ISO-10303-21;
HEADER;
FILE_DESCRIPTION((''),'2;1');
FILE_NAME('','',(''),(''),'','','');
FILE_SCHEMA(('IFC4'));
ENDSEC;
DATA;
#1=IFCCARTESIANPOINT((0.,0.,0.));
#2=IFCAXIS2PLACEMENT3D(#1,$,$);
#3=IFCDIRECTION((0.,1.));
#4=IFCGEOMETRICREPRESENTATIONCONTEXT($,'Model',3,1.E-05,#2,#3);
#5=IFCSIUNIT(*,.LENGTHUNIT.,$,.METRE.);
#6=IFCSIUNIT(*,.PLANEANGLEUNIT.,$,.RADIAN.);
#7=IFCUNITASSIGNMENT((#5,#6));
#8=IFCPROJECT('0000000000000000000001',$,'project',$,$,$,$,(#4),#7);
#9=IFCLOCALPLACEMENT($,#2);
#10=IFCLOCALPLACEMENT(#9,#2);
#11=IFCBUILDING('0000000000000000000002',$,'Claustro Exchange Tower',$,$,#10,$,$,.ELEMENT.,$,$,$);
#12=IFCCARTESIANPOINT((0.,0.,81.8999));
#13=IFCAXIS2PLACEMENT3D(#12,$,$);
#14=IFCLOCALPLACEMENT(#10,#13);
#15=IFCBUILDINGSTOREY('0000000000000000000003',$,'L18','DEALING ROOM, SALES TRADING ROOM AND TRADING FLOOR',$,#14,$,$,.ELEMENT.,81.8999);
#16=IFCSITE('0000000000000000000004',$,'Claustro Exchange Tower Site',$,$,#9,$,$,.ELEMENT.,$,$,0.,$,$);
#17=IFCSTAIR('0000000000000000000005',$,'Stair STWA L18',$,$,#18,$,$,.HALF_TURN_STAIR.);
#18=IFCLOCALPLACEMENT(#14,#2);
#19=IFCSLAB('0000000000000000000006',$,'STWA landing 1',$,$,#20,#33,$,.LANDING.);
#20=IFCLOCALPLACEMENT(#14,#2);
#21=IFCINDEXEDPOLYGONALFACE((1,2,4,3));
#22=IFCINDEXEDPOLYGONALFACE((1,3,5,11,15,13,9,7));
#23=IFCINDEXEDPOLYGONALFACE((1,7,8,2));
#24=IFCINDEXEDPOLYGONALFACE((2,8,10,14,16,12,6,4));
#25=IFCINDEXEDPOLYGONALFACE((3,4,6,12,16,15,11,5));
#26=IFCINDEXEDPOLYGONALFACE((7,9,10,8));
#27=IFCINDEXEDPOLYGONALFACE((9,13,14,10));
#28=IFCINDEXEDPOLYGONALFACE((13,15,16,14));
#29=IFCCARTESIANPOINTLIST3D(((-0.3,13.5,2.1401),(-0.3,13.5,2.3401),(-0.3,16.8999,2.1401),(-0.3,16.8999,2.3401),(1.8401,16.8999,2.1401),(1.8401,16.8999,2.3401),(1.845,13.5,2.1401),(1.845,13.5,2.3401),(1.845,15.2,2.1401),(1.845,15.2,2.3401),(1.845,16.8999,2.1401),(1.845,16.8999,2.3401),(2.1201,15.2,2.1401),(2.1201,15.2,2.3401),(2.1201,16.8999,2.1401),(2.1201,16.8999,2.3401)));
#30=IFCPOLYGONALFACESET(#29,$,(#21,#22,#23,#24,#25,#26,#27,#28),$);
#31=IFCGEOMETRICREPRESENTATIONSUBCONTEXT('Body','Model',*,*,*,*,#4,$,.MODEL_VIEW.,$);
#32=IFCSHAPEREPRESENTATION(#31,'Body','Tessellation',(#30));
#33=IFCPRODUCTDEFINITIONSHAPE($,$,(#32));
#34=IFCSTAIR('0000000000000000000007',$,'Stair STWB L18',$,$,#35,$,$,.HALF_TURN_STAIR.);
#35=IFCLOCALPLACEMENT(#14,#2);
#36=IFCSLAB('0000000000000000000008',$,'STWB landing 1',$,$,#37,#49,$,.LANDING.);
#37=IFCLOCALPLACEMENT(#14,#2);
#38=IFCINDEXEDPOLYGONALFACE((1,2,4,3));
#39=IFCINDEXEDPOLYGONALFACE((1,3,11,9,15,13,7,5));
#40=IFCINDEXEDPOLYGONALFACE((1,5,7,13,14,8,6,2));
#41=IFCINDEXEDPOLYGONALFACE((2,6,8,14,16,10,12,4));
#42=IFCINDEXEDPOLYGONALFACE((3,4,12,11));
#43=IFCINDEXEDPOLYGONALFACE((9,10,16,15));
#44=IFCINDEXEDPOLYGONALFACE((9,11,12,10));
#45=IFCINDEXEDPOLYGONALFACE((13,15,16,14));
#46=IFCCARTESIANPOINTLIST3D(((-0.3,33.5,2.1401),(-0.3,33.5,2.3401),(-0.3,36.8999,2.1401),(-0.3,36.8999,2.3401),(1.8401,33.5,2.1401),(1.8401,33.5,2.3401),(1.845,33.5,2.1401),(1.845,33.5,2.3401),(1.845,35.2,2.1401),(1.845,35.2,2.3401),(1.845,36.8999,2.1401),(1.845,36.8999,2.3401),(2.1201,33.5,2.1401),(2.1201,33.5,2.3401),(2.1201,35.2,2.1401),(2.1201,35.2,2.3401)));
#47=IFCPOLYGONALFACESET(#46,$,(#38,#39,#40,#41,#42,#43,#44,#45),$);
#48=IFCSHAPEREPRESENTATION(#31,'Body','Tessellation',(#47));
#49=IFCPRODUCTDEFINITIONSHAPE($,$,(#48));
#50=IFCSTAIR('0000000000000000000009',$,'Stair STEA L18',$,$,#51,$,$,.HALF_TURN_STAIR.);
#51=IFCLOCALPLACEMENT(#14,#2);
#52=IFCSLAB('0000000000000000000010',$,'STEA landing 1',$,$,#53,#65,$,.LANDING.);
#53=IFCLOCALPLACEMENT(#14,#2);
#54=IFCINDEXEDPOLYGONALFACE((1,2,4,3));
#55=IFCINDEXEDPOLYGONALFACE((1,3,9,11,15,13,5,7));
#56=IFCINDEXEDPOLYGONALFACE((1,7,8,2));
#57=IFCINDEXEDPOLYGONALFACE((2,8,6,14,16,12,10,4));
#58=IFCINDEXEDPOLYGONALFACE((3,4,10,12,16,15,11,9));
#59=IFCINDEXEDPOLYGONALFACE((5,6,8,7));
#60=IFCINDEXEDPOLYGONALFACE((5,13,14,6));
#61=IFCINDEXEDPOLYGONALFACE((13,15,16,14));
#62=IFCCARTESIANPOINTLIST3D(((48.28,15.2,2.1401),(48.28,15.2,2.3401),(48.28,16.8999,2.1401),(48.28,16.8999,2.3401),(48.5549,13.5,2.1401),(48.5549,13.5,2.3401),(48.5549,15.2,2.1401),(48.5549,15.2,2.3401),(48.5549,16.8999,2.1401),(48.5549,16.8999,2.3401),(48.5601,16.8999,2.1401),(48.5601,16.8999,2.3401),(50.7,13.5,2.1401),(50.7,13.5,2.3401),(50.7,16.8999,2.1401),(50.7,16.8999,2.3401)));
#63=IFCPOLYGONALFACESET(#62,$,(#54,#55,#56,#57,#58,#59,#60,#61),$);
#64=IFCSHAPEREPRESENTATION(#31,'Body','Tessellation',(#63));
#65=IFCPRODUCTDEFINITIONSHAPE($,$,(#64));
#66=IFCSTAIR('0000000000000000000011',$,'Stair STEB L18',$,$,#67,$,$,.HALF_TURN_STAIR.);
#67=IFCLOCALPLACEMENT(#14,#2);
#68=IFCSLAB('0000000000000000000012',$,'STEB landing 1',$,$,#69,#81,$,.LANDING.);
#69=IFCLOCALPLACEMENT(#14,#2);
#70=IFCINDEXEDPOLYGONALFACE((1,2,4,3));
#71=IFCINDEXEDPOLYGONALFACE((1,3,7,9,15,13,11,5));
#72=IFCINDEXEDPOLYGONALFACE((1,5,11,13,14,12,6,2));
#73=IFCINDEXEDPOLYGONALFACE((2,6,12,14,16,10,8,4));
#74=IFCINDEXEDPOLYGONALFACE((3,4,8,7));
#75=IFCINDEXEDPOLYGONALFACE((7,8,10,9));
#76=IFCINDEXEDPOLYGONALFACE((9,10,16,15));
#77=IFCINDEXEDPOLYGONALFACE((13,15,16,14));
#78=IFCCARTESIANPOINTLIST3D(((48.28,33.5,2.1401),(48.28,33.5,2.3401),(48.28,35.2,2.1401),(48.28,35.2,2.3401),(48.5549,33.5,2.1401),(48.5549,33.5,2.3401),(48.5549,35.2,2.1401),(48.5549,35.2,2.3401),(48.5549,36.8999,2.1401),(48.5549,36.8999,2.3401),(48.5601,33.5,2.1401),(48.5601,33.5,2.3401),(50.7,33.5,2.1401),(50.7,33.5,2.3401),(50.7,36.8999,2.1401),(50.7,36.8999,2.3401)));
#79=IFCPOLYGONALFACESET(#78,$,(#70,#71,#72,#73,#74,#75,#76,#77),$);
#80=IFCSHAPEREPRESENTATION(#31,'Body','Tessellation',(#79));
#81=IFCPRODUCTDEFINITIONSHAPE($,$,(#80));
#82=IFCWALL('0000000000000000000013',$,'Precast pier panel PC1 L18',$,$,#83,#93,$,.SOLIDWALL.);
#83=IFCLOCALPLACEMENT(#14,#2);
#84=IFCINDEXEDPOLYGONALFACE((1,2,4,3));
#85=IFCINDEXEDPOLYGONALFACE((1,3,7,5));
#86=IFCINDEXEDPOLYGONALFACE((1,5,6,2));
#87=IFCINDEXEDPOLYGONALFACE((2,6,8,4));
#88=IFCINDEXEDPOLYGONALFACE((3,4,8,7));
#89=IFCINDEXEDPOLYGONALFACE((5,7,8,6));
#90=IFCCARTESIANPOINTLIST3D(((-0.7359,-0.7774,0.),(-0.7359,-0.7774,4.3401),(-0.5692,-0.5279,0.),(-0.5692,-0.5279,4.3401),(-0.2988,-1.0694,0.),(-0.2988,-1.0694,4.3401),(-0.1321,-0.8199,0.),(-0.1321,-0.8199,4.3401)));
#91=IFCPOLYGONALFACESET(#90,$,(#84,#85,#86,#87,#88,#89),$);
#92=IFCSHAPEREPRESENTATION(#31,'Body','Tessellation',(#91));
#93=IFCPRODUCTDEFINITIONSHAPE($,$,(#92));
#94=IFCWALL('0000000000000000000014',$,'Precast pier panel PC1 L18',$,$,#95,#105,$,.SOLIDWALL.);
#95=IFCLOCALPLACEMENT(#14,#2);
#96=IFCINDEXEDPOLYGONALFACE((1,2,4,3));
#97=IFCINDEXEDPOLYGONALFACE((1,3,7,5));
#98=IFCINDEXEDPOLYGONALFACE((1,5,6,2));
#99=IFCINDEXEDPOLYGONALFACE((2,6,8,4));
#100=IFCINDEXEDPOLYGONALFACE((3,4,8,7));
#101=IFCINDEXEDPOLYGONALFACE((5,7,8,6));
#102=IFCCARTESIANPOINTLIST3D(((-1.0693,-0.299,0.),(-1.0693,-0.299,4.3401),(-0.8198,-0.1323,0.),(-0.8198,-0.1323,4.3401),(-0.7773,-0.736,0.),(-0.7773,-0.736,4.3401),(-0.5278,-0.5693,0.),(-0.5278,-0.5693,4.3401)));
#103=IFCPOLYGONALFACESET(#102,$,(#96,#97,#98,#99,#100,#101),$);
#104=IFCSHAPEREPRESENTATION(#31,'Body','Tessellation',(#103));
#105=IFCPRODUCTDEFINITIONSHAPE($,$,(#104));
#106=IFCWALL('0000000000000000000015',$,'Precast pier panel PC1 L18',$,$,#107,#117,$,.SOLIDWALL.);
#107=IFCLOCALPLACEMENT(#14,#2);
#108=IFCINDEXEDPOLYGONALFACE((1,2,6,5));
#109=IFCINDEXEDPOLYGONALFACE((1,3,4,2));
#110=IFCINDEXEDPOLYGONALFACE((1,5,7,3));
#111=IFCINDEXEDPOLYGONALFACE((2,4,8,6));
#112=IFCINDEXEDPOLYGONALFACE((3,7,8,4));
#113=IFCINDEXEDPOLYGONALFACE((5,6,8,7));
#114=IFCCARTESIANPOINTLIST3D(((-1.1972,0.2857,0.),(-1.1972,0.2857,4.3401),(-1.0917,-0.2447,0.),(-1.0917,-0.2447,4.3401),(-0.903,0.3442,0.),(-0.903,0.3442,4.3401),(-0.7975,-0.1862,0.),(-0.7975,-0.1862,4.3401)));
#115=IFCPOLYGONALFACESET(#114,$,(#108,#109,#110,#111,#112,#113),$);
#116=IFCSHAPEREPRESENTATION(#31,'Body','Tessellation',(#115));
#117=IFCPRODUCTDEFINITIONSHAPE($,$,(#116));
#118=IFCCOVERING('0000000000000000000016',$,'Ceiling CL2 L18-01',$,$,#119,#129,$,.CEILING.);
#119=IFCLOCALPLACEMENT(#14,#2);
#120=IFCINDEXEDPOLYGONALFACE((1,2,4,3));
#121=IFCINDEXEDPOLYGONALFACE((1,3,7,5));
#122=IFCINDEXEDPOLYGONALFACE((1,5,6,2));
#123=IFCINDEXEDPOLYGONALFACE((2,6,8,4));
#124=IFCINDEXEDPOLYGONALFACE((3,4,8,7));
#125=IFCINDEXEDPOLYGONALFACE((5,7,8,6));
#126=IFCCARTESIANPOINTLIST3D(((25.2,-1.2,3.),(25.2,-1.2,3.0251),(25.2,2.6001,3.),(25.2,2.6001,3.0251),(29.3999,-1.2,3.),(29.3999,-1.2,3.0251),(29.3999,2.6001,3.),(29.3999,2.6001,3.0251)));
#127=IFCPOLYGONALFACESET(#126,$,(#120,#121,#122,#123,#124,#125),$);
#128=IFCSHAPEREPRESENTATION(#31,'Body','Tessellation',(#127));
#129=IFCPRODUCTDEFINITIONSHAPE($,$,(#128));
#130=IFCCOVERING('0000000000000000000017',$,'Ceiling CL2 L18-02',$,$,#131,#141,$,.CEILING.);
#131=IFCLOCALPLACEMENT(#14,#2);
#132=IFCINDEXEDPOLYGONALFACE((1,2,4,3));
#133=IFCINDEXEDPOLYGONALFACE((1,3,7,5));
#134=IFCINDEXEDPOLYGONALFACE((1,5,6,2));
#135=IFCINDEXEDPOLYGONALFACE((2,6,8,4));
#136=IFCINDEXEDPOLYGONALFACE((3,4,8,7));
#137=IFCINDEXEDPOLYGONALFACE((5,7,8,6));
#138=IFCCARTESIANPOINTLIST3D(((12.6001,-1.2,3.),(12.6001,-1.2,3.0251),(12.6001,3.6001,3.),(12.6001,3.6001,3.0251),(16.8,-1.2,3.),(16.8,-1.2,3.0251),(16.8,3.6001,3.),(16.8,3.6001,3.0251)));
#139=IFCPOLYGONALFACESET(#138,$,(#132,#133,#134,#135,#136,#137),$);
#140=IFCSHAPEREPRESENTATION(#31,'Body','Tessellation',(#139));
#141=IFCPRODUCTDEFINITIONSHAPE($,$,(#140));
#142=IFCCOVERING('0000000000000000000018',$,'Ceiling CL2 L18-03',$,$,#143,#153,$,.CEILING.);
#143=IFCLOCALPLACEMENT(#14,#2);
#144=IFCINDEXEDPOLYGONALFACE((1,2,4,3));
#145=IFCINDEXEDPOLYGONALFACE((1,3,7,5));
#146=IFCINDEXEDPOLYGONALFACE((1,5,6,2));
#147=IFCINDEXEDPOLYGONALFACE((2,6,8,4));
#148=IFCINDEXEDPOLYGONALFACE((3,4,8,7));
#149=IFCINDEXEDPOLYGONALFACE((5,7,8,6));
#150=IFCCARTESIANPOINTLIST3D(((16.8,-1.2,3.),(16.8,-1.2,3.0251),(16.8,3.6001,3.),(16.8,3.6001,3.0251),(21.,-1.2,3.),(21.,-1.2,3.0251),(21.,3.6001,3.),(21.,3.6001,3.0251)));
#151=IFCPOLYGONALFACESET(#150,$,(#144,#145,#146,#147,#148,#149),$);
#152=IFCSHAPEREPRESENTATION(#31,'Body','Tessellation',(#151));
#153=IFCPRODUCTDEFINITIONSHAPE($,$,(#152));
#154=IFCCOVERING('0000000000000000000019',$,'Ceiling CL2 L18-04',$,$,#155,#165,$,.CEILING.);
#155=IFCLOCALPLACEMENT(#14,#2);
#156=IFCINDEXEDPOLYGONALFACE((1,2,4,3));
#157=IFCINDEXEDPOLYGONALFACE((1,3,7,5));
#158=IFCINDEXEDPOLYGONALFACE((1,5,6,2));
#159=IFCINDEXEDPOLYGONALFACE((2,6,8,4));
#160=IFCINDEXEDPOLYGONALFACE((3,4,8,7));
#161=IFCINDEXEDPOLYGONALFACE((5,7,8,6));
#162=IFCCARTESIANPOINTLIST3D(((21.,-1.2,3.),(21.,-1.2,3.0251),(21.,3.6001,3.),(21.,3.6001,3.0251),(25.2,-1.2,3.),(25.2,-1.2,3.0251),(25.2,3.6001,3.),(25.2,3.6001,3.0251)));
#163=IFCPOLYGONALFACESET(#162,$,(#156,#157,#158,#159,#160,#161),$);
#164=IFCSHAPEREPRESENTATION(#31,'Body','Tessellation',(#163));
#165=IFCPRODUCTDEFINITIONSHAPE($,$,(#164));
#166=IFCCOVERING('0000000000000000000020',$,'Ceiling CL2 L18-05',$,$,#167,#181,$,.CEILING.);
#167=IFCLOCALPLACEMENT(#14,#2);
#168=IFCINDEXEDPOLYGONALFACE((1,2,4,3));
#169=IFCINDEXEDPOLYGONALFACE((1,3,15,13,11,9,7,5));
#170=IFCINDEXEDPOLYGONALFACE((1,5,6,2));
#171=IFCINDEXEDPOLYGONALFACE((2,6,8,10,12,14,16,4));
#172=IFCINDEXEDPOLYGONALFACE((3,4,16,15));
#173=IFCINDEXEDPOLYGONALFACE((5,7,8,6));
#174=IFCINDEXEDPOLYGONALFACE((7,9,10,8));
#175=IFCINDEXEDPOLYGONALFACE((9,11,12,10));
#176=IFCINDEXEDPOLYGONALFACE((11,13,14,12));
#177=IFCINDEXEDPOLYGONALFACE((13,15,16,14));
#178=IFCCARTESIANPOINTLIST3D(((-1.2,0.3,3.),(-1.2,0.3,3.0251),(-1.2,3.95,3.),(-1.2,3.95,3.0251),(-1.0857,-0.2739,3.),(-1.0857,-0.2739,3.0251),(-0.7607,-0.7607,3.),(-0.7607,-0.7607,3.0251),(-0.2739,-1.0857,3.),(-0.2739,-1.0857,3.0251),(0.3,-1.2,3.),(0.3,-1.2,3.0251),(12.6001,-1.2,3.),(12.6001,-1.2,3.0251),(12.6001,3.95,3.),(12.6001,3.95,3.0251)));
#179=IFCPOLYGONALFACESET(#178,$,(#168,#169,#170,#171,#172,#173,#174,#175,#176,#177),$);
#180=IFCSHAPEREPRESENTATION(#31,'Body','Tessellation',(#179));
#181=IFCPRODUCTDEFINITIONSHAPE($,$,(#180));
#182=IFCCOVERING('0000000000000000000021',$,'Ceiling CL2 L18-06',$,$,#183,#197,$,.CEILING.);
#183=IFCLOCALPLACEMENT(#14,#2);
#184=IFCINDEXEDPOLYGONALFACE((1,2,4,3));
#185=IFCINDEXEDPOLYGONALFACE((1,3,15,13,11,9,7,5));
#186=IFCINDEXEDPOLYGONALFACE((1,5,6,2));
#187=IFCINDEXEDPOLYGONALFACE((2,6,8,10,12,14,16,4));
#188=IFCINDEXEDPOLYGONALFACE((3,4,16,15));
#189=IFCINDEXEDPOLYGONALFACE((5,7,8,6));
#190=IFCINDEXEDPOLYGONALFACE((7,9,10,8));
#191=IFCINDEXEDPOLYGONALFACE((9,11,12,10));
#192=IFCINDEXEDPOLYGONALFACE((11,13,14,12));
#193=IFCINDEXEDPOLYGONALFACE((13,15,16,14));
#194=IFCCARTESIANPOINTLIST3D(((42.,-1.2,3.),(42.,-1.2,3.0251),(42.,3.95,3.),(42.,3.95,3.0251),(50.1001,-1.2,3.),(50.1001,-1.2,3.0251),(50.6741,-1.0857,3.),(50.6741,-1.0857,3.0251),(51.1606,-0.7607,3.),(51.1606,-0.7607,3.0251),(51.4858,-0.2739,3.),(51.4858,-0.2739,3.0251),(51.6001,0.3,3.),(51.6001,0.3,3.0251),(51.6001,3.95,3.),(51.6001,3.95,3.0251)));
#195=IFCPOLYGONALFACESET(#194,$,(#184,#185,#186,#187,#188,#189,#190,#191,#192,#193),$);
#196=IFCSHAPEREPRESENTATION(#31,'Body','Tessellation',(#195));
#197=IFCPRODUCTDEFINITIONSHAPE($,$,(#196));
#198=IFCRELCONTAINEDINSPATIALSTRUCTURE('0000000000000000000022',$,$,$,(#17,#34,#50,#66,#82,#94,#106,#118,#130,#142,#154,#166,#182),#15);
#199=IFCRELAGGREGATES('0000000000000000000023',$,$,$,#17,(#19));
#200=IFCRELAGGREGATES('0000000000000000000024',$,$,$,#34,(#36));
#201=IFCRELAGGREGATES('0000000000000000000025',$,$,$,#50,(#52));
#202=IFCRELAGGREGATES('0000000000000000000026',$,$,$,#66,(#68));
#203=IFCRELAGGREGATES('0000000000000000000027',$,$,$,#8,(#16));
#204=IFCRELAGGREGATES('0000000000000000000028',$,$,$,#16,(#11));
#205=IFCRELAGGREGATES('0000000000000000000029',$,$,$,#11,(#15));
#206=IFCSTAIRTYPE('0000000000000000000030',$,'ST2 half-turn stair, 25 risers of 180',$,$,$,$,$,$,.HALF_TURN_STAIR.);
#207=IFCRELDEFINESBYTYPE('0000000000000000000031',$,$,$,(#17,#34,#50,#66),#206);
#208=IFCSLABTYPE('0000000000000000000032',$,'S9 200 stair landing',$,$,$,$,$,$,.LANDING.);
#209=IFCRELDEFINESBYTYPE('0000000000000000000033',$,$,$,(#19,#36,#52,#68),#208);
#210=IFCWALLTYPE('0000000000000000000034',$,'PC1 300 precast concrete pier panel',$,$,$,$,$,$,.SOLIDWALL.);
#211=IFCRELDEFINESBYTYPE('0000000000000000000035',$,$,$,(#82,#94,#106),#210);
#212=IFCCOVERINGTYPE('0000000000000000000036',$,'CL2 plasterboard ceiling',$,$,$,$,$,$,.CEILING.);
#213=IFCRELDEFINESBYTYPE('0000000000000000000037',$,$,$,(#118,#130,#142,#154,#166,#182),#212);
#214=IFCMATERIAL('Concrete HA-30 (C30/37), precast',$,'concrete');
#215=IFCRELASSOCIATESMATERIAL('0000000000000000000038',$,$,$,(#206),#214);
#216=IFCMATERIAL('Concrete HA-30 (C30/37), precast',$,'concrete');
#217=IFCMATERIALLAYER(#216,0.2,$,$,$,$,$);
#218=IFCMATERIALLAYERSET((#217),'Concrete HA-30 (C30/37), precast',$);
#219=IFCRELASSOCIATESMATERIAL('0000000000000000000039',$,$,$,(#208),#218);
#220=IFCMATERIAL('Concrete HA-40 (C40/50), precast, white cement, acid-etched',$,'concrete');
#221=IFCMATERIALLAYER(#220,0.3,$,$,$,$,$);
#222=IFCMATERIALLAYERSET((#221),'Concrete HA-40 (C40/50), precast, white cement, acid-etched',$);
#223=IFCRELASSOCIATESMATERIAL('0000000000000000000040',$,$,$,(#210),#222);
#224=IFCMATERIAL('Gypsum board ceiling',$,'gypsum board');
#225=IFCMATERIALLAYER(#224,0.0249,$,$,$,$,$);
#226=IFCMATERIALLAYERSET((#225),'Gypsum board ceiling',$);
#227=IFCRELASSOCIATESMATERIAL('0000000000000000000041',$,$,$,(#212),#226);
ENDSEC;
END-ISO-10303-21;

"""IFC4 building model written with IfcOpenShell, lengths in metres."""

from ifc_helpers import new_model, si_unit, direction, frame, frame_2d, origin, place, context, subcontext, project, spatial, polyline, rectangle, outline, extrude, material, layer, layer_set, type_object, element, aggregate, save


model = new_model("IFC4")

# Units and contexts
model_context = context("Model", 3, precision=1e-05, world=origin(), true_north=direction((0.0, 1.0)))
body_context = subcontext(model_context, "Body", "Model", "MODEL_VIEW")
ifc_project = project(units=[si_unit("LENGTHUNIT", "METRE"), si_unit("PLANEANGLEUNIT", "RADIAN")], contexts=[model_context])

# Site, building, storey
site_placement = place(None, origin())
site = spatial("IfcSite", under=ifc_project, at=site_placement, Name="Claustro Exchange Tower Site", CompositionType="ELEMENT", RefElevation=0.0)
building_placement = place(site_placement, origin())
building = spatial("IfcBuilding", under=site, at=building_placement, Name="Claustro Exchange Tower", CompositionType="ELEMENT")
storey_placement = place(building_placement, frame((0.0, 0.0, 81.8999)))
storey = spatial("IfcBuildingStorey", under=building, at=storey_placement, Name="L18", Description="DEALING ROOM, SALES TRADING ROOM AND TRADING FLOOR", CompositionType="ELEMENT", Elevation=81.8999)

# Stairs, slabs
ifc_material_1 = material(Name="Concrete HA-30 (C30/37), precast", Category="concrete")
stair_type = type_object("IfcStairType", Name="ST2 half-turn stair, 25 risers of 180", PredefinedType="HALF_TURN_STAIR", material=ifc_material_1)
stair_1_placement = place(storey_placement, origin())
stair_1 = element("IfcStair", 1, at=stair_1_placement, inside=storey, type_object=stair_type, Name="Stair STWA L18", PredefinedType="HALF_TURN_STAIR")
ifc_material_2 = material(Name="Concrete HA-30 (C30/37), precast", Category="concrete")
ifc_layer_1 = layer(ifc_material_2, 0.2)
ifc_layer_set_1 = layer_set([ifc_layer_1], Name="Concrete HA-30 (C30/37), precast")
slab_type_1 = type_object("IfcSlabType", Name="S9 200 stair landing", PredefinedType="LANDING", material=ifc_layer_set_1)
slab_1_placement = place(storey_placement, frame((0.0, 0.0, 2.1401)))
slab_1 = element("IfcSlab", 2, at=slab_1_placement, type_object=slab_type_1, Name="STWA landing 1", PredefinedType="LANDING", context=body_context, shape_type="SweptSolid", body=[
    extrude(outline(polyline([(1.845, 13.5), (-0.3, 13.5), (-0.3, 16.8999), (1.8401, 16.8999), (1.845, 16.8999), (2.1201, 16.8999), (2.1201, 15.2), (1.845, 15.2), (1.845, 13.5)])), origin(), (0.0, 0.0, 1.0), 0.2),
])
aggregate(stair_1, [slab_1])
stair_2_placement = place(storey_placement, origin())
stair_2 = element("IfcStair", 3, at=stair_2_placement, inside=storey, type_object=stair_type, Name="Stair STWB L18", PredefinedType="HALF_TURN_STAIR")
slab_2_placement = place(storey_placement, frame((0.0, 0.0, 2.1401)))
slab_2 = element("IfcSlab", 4, at=slab_2_placement, type_object=slab_type_1, Name="STWB landing 1", PredefinedType="LANDING", context=body_context, shape_type="SweptSolid", body=[
    extrude(outline(polyline([(2.1201, 35.2), (2.1201, 33.5), (1.845, 33.5), (1.8401, 33.5), (-0.3, 33.5), (-0.3, 36.8999), (1.845, 36.8999), (1.845, 35.2), (2.1201, 35.2)])), origin(), (0.0, 0.0, 1.0), 0.2),
])
aggregate(stair_2, [slab_2])
stair_3_placement = place(storey_placement, origin())
stair_3 = element("IfcStair", 5, at=stair_3_placement, inside=storey, type_object=stair_type, Name="Stair STEA L18", PredefinedType="HALF_TURN_STAIR")
slab_3_placement = place(storey_placement, frame((0.0, 0.0, 2.1401)))
slab_3 = element("IfcSlab", 6, at=slab_3_placement, type_object=slab_type_1, Name="STEA landing 1", PredefinedType="LANDING", context=body_context, shape_type="SweptSolid", body=[
    extrude(outline(polyline([(50.7, 16.8999), (50.7, 13.5), (48.5549, 13.5), (48.5549, 15.2), (48.28, 15.2), (48.28, 16.8999), (48.5549, 16.8999), (48.5601, 16.8999), (50.7, 16.8999)])), origin(), (0.0, 0.0, 1.0), 0.2),
])
aggregate(stair_3, [slab_3])
stair_4_placement = place(storey_placement, origin())
stair_4 = element("IfcStair", 7, at=stair_4_placement, inside=storey, type_object=stair_type, Name="Stair STEB L18", PredefinedType="HALF_TURN_STAIR")
slab_4_placement = place(storey_placement, frame((0.0, 0.0, 2.1401)))
slab_4 = element("IfcSlab", 8, at=slab_4_placement, type_object=slab_type_1, Name="STEB landing 1", PredefinedType="LANDING", context=body_context, shape_type="SweptSolid", body=[
    extrude(outline(polyline([(48.28, 33.5), (48.28, 35.2), (48.5549, 35.2), (48.5549, 36.8999), (50.7, 36.8999), (50.7, 33.5), (48.5601, 33.5), (48.5549, 33.5), (48.28, 33.5)])), origin(), (0.0, 0.0, 1.0), 0.2),
])
aggregate(stair_4, [slab_4])

# Walls
ifc_material_3 = material(Name="Concrete HA-40 (C40/50), precast, white cement, acid-etched", Category="concrete")
ifc_layer_2 = layer(ifc_material_3, 0.3)
ifc_layer_set_2 = layer_set([ifc_layer_2], Name="Concrete HA-40 (C40/50), precast, white cement, acid-etched")
wall_type = type_object("IfcWallType", Name="PC1 300 precast concrete pier panel", PredefinedType="SOLIDWALL", material=ifc_layer_set_2)
for number, where, z_axis, x_axis, name in (
    (9, (-0.2156, -0.9446, 0.0), (0.0, 0.0, 1.0), (-0.831478, 0.555557, 0.0), "Precast pier panel PC1 L18"),
    (10, (-0.6526, -0.6526, 0.0), (0.0, 0.0, 1.0), (-0.555557, 0.831478, 0.0), "Precast pier panel PC1 L18"),
):
    element("IfcWall", number, at=place(storey_placement, frame(where, z_axis=z_axis, x_axis=x_axis)), inside=storey, type_object=wall_type, Name=name, PredefinedType="SOLIDWALL", context=body_context, shape_type="SweptSolid", body=[
        extrude(rectangle(XDim=0.5256, YDim=0.3, at=frame_2d((0.2627, 0.0))), origin(), (0.0, 0.0, 1.0), 4.3401),
    ])
wall_placement = place(storey_placement, frame((-0.9446, -0.2156, 0.0), z_axis=(0.0, 0.0, 1.0), x_axis=(-0.195074, 0.980789, 0.0)))
element("IfcWall", 11, at=wall_placement, inside=storey, type_object=wall_type, Name="Precast pier panel PC1 L18", PredefinedType="SOLIDWALL", context=body_context, shape_type="SweptSolid", body=[
    extrude(rectangle(XDim=0.5408, YDim=0.3, at=frame_2d((0.2705, 0.0))), origin(), (0.0, 0.0, 1.0), 4.3401),
])

# Coverings
ifc_material_4 = material(Name="Gypsum board ceiling", Category="gypsum board")
ifc_layer_3 = layer(ifc_material_4, 0.0249)
ifc_layer_set_3 = layer_set([ifc_layer_3], Name="Gypsum board ceiling")
covering_type = type_object("IfcCoveringType", Name="CL2 plasterboard ceiling", PredefinedType="CEILING", material=ifc_layer_set_3)
covering_1_placement = place(storey_placement, frame((0.0, 0.0, 3.0)))
element("IfcCovering", 12, at=covering_1_placement, inside=storey, type_object=covering_type, Name="Ceiling CL2 L18-01", PredefinedType="CEILING", context=body_context, shape_type="SweptSolid", body=[
    extrude(outline(polyline([(25.2, -1.2), (29.3999, -1.2), (29.3999, 2.6001), (25.2, 2.6001), (25.2, -1.2)])), origin(), (0.0, 0.0, 1.0), 0.0251),
])
covering_2_placement = place(storey_placement, frame((0.0, 0.0, 3.0)))
element("IfcCovering", 13, at=covering_2_placement, inside=storey, type_object=covering_type, Name="Ceiling CL2 L18-02", PredefinedType="CEILING", context=body_context, shape_type="SweptSolid", body=[
    extrude(outline(polyline([(12.6001, -1.2), (16.8, -1.2), (16.8, 3.6001), (12.6001, 3.6001), (12.6001, -1.2)])), origin(), (0.0, 0.0, 1.0), 0.0251),
])
covering_3_placement = place(storey_placement, frame((0.0, 0.0, 3.0)))
element("IfcCovering", 14, at=covering_3_placement, inside=storey, type_object=covering_type, Name="Ceiling CL2 L18-03", PredefinedType="CEILING", context=body_context, shape_type="SweptSolid", body=[
    extrude(outline(polyline([(16.8, -1.2), (21.0, -1.2), (21.0, 3.6001), (16.8, 3.6001), (16.8, -1.2)])), origin(), (0.0, 0.0, 1.0), 0.0251),
])
covering_4_placement = place(storey_placement, frame((0.0, 0.0, 3.0)))
element("IfcCovering", 15, at=covering_4_placement, inside=storey, type_object=covering_type, Name="Ceiling CL2 L18-04", PredefinedType="CEILING", context=body_context, shape_type="SweptSolid", body=[
    extrude(outline(polyline([(21.0, -1.2), (25.2, -1.2), (25.2, 3.6001), (21.0, 3.6001), (21.0, -1.2)])), origin(), (0.0, 0.0, 1.0), 0.0251),
])
covering_5_placement = place(storey_placement, frame((0.0, 0.0, 3.0)))
element("IfcCovering", 16, at=covering_5_placement, inside=storey, type_object=covering_type, Name="Ceiling CL2 L18-05", PredefinedType="CEILING", context=body_context, shape_type="SweptSolid", body=[
    extrude(outline(polyline([(-1.0857, -0.2739), (-0.7607, -0.7607), (-0.2739, -1.0857), (0.3, -1.2), (12.6001, -1.2), (12.6001, 3.95), (-1.2, 3.95), (-1.2, 0.3), (-1.0857, -0.2739)])), origin(), (0.0, 0.0, 1.0), 0.0251),
])
covering_6_placement = place(storey_placement, frame((0.0, 0.0, 3.0)))
element("IfcCovering", 17, at=covering_6_placement, inside=storey, type_object=covering_type, Name="Ceiling CL2 L18-06", PredefinedType="CEILING", context=body_context, shape_type="SweptSolid", body=[
    extrude(outline(polyline([(51.6001, 0.3), (51.6001, 3.95), (42.0, 3.95), (42.0, -1.2), (50.1001, -1.2), (50.6741, -1.0857), (51.1606, -0.7607), (51.4858, -0.2739), (51.6001, 0.3)])), origin(), (0.0, 0.0, 1.0), 0.0251),
])

save(model, "model.ifc")
